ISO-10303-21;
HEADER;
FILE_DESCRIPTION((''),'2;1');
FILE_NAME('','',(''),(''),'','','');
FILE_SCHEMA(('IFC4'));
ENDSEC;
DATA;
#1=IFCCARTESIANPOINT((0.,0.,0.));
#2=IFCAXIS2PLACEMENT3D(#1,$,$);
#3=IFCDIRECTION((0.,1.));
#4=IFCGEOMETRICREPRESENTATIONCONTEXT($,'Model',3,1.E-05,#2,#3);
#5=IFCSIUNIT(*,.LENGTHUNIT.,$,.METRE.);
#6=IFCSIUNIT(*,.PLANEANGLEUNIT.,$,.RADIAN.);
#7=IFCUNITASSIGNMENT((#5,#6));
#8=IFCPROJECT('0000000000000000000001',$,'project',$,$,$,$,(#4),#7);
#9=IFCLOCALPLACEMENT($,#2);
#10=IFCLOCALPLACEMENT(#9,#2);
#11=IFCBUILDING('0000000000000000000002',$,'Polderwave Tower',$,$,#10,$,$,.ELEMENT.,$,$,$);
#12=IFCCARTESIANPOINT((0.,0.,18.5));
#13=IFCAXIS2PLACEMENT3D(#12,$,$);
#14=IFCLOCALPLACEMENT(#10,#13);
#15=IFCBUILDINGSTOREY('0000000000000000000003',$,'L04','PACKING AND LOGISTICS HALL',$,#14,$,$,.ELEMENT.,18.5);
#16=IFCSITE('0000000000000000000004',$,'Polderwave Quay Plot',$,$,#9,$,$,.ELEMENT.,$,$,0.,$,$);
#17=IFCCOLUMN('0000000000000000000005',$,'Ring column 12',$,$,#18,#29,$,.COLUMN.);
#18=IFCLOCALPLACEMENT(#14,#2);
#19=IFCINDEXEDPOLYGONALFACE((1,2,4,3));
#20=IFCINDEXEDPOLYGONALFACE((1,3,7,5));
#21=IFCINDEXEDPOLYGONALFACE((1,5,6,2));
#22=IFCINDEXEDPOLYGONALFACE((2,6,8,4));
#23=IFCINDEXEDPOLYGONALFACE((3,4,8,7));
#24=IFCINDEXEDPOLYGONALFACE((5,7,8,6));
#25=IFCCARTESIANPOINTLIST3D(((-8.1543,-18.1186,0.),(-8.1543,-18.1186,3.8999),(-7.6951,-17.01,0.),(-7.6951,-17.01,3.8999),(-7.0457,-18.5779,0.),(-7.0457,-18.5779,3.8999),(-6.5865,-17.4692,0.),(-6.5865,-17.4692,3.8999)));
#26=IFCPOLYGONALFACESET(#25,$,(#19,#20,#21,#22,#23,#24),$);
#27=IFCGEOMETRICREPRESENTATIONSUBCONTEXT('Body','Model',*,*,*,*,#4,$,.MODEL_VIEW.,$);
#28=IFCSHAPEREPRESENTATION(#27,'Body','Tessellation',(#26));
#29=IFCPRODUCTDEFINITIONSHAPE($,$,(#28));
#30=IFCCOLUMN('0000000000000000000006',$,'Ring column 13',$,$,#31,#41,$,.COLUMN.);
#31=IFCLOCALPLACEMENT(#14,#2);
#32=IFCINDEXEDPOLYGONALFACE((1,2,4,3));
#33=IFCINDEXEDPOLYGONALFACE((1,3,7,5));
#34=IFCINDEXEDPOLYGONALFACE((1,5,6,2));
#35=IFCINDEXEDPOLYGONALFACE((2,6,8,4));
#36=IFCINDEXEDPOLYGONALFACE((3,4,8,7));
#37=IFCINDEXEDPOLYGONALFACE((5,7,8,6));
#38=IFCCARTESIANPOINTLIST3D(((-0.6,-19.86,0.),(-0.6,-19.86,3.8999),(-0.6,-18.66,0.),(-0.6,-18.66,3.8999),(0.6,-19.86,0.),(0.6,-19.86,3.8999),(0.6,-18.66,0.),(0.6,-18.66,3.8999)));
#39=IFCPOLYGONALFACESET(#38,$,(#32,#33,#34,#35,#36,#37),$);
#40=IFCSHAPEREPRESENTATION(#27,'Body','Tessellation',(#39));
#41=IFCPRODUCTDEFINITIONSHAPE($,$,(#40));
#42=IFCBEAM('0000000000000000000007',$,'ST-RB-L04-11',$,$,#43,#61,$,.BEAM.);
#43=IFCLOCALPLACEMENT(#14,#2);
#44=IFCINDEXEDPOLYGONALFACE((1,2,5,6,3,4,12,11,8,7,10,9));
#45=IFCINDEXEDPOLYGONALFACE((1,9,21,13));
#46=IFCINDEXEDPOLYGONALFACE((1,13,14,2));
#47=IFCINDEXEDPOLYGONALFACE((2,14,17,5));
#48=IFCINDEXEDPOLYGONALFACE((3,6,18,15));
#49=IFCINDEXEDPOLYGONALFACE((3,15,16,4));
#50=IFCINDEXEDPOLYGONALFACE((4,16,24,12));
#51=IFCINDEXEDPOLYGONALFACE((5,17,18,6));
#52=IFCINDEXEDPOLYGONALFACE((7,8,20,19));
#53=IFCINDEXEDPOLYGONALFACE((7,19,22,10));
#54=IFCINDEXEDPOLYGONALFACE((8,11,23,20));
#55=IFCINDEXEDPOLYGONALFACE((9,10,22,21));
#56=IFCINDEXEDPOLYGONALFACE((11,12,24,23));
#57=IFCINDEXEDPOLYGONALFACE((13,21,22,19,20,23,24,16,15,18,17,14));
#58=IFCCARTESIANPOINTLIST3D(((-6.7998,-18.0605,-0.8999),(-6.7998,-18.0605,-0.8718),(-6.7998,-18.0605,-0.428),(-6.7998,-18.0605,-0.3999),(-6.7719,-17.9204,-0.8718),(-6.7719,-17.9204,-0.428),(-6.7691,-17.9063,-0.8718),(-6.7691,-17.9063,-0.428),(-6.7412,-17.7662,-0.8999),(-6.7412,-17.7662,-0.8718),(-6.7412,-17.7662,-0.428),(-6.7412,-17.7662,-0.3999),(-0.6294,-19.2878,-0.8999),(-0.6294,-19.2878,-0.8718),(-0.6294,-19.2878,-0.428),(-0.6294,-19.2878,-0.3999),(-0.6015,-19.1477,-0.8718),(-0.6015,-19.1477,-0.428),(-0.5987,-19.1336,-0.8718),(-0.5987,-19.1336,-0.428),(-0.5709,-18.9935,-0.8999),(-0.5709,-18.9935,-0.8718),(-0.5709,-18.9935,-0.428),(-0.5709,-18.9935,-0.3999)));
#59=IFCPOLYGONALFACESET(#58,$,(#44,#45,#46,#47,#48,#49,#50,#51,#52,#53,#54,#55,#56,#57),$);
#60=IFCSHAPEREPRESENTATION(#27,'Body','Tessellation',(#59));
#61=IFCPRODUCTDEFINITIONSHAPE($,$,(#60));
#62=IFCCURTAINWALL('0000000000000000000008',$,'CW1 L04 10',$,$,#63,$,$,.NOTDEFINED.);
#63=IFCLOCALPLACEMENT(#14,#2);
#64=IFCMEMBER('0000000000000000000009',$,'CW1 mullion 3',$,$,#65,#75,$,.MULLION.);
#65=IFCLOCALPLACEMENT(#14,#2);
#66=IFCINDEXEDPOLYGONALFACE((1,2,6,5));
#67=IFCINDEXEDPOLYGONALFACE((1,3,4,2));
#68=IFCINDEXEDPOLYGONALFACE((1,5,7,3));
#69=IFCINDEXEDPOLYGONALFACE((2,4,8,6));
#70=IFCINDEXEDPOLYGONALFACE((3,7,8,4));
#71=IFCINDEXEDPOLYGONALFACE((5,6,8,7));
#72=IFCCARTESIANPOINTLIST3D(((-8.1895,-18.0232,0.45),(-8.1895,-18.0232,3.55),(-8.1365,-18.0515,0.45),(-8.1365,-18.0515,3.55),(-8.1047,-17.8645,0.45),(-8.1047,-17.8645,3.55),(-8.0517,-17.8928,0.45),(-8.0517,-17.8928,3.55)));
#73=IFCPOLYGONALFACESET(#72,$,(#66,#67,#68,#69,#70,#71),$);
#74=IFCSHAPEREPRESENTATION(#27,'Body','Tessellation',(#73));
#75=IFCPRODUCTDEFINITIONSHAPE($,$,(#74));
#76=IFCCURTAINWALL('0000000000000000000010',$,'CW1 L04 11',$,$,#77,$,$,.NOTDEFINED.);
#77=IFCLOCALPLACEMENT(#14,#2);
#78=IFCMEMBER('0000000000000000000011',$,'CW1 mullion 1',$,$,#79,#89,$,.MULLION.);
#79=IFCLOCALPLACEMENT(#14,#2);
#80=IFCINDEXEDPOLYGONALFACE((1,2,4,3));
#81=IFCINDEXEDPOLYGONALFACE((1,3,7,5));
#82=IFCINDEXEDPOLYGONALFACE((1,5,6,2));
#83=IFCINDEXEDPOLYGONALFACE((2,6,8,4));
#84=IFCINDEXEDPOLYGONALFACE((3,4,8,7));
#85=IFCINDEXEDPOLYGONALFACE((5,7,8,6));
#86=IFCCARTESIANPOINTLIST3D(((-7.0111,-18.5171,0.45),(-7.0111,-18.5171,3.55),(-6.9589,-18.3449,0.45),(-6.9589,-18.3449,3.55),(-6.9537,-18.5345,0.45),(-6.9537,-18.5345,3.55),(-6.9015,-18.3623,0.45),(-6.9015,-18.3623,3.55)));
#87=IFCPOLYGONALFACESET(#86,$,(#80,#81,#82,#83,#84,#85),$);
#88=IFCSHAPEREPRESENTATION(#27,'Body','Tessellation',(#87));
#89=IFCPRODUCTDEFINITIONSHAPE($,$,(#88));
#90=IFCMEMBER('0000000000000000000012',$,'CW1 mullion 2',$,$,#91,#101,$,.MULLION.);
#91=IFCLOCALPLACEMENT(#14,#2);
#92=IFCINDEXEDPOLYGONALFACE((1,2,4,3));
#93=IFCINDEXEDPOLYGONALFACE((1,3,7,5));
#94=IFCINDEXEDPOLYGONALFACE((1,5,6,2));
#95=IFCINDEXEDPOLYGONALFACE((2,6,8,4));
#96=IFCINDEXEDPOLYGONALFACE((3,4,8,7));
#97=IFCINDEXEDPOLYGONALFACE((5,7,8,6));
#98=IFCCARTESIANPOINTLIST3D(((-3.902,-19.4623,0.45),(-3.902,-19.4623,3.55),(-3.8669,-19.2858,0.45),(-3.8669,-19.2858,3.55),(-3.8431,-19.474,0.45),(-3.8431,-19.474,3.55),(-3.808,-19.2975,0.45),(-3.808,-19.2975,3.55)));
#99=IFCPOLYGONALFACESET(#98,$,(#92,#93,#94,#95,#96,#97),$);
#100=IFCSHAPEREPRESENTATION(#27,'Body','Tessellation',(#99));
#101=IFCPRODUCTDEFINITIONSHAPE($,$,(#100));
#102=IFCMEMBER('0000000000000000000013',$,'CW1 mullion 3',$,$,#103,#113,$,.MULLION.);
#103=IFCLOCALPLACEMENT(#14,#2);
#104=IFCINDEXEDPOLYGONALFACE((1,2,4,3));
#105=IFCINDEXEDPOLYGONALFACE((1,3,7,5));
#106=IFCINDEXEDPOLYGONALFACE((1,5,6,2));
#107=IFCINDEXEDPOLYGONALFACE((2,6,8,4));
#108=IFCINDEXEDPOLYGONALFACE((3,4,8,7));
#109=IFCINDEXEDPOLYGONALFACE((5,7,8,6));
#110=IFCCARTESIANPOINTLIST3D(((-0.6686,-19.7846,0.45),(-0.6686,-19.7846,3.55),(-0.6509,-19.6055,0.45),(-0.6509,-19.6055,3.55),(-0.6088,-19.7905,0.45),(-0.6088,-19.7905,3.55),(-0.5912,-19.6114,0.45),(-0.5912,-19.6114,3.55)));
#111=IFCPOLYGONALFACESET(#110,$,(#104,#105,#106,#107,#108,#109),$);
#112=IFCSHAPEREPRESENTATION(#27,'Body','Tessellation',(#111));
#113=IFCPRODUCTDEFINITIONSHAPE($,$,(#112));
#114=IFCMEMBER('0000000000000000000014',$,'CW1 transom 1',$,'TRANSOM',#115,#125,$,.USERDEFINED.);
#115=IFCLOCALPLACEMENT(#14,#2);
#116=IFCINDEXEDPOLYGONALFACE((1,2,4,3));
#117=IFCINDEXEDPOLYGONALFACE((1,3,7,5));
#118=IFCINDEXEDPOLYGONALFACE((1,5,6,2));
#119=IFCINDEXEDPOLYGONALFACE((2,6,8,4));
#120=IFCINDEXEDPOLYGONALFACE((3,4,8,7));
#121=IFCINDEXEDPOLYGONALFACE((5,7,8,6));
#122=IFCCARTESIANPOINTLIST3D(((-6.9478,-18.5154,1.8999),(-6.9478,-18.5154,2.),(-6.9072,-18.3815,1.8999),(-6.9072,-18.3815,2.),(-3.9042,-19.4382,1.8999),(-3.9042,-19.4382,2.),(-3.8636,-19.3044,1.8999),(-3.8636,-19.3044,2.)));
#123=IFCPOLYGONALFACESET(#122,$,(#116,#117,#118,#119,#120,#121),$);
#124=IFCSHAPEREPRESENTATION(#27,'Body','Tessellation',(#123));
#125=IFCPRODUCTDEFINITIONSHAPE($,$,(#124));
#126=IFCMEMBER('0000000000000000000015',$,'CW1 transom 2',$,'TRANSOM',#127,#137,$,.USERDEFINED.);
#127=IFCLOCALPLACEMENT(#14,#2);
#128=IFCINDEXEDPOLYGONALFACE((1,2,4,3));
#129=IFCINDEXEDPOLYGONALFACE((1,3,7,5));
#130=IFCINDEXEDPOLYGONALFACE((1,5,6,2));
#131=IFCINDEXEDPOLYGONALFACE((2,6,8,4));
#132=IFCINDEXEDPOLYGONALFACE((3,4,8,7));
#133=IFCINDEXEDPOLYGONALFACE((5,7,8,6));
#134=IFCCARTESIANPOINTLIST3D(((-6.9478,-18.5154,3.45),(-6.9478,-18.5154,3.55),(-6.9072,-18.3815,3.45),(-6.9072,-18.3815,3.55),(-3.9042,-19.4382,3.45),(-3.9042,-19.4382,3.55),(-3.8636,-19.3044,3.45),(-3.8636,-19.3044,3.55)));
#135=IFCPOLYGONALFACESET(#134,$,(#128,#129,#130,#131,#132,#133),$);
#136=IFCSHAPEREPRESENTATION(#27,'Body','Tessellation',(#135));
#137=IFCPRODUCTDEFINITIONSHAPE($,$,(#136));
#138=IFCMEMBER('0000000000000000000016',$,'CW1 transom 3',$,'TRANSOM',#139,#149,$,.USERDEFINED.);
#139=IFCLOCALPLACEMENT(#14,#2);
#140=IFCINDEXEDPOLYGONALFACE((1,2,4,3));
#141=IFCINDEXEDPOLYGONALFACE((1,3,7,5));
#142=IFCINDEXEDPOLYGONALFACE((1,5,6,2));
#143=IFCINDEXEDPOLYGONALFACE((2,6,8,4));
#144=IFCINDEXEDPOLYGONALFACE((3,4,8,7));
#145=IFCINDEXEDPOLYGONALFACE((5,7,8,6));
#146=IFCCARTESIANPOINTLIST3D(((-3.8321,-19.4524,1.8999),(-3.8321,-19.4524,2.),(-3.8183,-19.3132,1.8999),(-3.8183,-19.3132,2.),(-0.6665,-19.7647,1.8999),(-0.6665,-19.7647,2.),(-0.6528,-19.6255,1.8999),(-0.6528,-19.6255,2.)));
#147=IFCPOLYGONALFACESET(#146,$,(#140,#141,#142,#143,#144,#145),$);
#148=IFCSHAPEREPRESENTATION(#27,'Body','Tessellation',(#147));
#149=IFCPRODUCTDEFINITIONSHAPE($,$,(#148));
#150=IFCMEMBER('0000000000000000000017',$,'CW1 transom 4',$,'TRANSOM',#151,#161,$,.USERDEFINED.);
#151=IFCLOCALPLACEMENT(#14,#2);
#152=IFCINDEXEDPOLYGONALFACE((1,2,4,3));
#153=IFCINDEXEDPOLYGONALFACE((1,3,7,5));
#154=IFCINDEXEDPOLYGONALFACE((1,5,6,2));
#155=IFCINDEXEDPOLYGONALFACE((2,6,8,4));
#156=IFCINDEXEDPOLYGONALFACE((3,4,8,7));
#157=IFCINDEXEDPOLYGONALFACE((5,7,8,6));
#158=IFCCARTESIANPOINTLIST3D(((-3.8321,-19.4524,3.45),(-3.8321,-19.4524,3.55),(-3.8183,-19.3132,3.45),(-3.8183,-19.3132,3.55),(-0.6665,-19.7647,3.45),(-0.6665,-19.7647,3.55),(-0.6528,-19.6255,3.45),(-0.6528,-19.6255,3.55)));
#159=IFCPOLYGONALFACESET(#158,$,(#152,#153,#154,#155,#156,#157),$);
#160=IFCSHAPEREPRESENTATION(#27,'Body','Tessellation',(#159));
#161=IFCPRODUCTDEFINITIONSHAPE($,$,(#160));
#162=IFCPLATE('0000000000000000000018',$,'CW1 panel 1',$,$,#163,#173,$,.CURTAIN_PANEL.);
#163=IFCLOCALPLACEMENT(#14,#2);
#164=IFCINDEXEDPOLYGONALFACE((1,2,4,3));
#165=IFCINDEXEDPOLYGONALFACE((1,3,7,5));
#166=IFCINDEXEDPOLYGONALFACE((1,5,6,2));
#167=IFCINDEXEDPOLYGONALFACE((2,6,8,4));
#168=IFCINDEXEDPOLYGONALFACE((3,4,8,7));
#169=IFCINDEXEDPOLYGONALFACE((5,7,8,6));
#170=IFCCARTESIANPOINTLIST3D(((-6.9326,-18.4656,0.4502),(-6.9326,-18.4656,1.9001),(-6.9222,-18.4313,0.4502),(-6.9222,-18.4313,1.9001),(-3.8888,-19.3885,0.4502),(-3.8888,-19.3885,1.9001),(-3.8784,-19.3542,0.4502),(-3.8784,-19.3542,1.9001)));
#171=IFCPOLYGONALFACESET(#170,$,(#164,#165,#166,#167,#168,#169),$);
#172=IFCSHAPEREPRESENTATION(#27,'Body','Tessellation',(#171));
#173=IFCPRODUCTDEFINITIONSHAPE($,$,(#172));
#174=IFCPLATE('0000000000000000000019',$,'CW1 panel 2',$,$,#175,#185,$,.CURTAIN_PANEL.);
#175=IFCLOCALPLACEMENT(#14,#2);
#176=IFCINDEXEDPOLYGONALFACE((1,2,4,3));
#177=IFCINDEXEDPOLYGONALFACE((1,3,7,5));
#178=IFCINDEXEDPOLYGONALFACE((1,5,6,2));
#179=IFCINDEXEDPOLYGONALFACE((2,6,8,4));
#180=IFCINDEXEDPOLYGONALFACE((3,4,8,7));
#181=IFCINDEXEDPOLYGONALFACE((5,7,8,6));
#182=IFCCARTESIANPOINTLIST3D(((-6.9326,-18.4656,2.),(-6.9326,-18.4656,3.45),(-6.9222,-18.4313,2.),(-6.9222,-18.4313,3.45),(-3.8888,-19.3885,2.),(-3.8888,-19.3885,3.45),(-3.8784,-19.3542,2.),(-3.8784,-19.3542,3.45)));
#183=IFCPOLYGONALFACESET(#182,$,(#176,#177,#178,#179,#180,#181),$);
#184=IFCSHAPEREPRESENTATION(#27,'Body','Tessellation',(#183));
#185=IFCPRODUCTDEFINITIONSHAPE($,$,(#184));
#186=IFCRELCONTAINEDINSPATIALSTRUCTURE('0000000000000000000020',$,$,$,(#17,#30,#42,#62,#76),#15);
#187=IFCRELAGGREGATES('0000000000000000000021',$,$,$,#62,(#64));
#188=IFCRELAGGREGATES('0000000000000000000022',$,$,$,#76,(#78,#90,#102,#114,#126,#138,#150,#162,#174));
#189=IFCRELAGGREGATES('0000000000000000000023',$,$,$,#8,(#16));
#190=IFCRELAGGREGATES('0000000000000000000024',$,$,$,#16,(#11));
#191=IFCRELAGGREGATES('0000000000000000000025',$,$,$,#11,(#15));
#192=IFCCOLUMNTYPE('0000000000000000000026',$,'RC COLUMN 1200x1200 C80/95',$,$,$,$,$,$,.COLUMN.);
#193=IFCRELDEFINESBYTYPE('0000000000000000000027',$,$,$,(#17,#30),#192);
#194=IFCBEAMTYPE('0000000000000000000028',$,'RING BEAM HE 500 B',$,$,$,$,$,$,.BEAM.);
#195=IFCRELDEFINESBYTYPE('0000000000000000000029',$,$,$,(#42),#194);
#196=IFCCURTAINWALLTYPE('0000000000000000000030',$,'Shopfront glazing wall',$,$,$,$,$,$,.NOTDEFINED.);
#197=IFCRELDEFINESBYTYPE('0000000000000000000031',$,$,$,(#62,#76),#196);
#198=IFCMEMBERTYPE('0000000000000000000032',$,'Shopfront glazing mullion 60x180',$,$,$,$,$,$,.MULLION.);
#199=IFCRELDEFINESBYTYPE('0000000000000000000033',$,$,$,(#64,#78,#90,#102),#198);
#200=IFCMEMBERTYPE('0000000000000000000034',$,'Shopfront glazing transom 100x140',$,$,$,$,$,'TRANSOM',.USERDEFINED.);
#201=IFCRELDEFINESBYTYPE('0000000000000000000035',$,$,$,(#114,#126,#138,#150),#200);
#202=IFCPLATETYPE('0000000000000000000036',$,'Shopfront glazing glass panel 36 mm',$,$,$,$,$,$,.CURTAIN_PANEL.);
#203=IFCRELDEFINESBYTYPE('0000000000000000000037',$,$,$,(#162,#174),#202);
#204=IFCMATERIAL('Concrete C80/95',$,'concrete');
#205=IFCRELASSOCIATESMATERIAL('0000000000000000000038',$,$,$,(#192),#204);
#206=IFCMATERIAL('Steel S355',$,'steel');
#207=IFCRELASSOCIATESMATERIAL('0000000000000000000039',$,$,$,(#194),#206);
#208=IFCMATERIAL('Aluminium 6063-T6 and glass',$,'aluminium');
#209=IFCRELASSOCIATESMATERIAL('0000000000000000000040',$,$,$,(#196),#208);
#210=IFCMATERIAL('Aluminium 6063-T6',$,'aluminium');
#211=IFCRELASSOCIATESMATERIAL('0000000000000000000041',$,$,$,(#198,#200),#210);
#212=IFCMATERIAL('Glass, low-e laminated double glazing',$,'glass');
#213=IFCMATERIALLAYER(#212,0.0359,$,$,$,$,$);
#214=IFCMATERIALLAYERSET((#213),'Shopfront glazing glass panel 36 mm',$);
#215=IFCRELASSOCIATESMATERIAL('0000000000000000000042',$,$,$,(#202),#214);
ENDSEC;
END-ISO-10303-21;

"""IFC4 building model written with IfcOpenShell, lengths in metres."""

from ifc_helpers import new_model, si_unit, direction, frame, origin, origin_2d, place, context, subcontext, project, spatial, rectangle, i_section, extrude, material, layer, layer_set, material_profile, profile_set, type_object, element, aggregate, save


model = new_model("IFC4")

# Units and contexts
model_context = context("Model", 3, precision=1e-05, world=origin(), true_north=direction((0.0, 1.0)))
body_context = subcontext(model_context, "Body", "Model", "MODEL_VIEW")
ifc_project = project(units=[si_unit("LENGTHUNIT", "METRE"), si_unit("PLANEANGLEUNIT", "RADIAN")], contexts=[model_context])

# Site, building, storey
site_placement = place(None, origin())
site = spatial("IfcSite", under=ifc_project, at=site_placement, Name="Polderwave Quay Plot", CompositionType="ELEMENT", RefElevation=0.0)
building_placement = place(site_placement, origin())
building = spatial("IfcBuilding", under=site, at=building_placement, Name="Polderwave Tower", CompositionType="ELEMENT")
storey_placement = place(building_placement, frame((0.0, 0.0, 18.5)))
storey = spatial("IfcBuildingStorey", under=building, at=storey_placement, Name="L04", Description="PACKING AND LOGISTICS HALL", CompositionType="ELEMENT", Elevation=18.5)

# Columns
ifc_material_1 = material(Name="Concrete C80/95", Category="concrete")
ifc_material_profile_1 = material_profile(ifc_material_1, rectangle(XDim=1.2, YDim=1.2, at=origin_2d()), Name="RC 1200x1200")
ifc_profile_set_1 = profile_set([ifc_material_profile_1], Name="Concrete C80/95")
column_type = type_object("IfcColumnType", Name="RC COLUMN 1200x1200 C80/95", PredefinedType="COLUMN", material=ifc_profile_set_1)
for number, where, z_axis, x_axis, name in (
    (1, (-7.3704, -17.7939, 0.0), (0.0, 0.0, 1.0), (-0.382683, -0.92388, 0.0), "Ring column 12"),
    (2, (0.0, -19.26, 0.0), (0.0, 0.0, 1.0), (0.0, -1.0, 0.0), "Ring column 13"),
):
    element("IfcColumn", number, at=place(storey_placement, frame(where, z_axis=z_axis, x_axis=x_axis)), inside=storey, type_object=column_type, Name=name, PredefinedType="COLUMN", context=body_context, shape_type="SweptSolid", body=[
        extrude(rectangle(XDim=1.2, YDim=1.2, at=origin_2d()), origin(), (0.0, 0.0, 1.0), 3.8999),
    ])

# Beam
ifc_material_2 = material(Name="Steel S355", Category="steel")
ifc_material_profile_2 = material_profile(ifc_material_2, i_section(OverallWidth=0.3, OverallDepth=0.5, WebThickness=0.0144, FlangeThickness=0.0281, at=origin_2d()), Name="HE 500 B")
ifc_profile_set_2 = profile_set([ifc_material_profile_2], Name="Steel S355")
beam_type = type_object("IfcBeamType", Name="RING BEAM HE 500 B", PredefinedType="BEAM", material=ifc_profile_set_2)
beam_placement = place(storey_placement, frame((-6.7705, -17.9133, -0.6499), z_axis=(0.980788, -0.195079, 0.0), x_axis=(0.195079, 0.980788, 0.0)))
element("IfcBeam", 3, at=beam_placement, inside=storey, type_object=beam_type, Name="ST-RB-L04-11", PredefinedType="BEAM", context=body_context, shape_type="SweptSolid", body=[
    extrude(i_section(OverallWidth=0.3, OverallDepth=0.5, WebThickness=0.0144, FlangeThickness=0.0281, at=origin_2d()), origin(), (0.0, 0.0, 1.0), 6.2913),
])

# Curtain wall, member
ifc_material_3 = material(Name="Aluminium 6063-T6 and glass", Category="aluminium")
curtain_wall_type = type_object("IfcCurtainWallType", Name="Shopfront glazing wall", PredefinedType="NOTDEFINED", material=ifc_material_3)
curtain_wall_1_placement = place(storey_placement, origin())
curtain_wall_1 = element("IfcCurtainWall", 4, at=curtain_wall_1_placement, inside=storey, type_object=curtain_wall_type, Name="CW1 L04 10", PredefinedType="NOTDEFINED")
ifc_material_4 = material(Name="Aluminium 6063-T6", Category="aluminium")
ifc_material_profile_3 = material_profile(ifc_material_4, rectangle(XDim=0.1799, YDim=0.0601, at=origin_2d()), Name="AL 60x180")
ifc_profile_set_3 = profile_set([ifc_material_profile_3], Name="Aluminium 6063-T6")
member_type_1 = type_object("IfcMemberType", Name="Shopfront glazing mullion 60x180", PredefinedType="MULLION", material=ifc_profile_set_3)
member_1_placement = place(storey_placement, frame((-8.1206, -17.958, 0.45), z_axis=(0.0, 0.0, 1.0), x_axis=(0.471509, 0.881861, 0.0)))
member_1 = element("IfcMember", 5, at=member_1_placement, type_object=member_type_1, Name="CW1 mullion 3", PredefinedType="MULLION", context=body_context, shape_type="SweptSolid", body=[
    extrude(rectangle(XDim=0.1799, YDim=0.0601, at=origin_2d()), origin(), (0.0, 0.0, 1.0), 3.1001),
])
aggregate(curtain_wall_1, [member_1])

# Curtain wall, members, plates
curtain_wall_2_placement = place(storey_placement, origin())
curtain_wall_2 = element("IfcCurtainWall", 6, at=curtain_wall_2_placement, inside=storey, type_object=curtain_wall_type, Name="CW1 L04 11", PredefinedType="NOTDEFINED")
member_2_placement = place(storey_placement, frame((-6.9563, -18.4397, 0.45), z_axis=(0.0, 0.0, 1.0), x_axis=(0.290151, 0.956981, 0.0)))
member_2 = element("IfcMember", 7, at=member_2_placement, type_object=member_type_1, Name="CW1 mullion 1", PredefinedType="MULLION", context=body_context, shape_type="SweptSolid", body=[
    extrude(rectangle(XDim=0.1799, YDim=0.0601, at=origin_2d()), origin(), (0.0, 0.0, 1.0), 3.1001),
])
member_3_placement = place(storey_placement, frame((-3.855, -19.3799, 0.45), z_axis=(0.0, 0.0, 1.0), x_axis=(0.195083, 0.980787, 0.0)))
member_3 = element("IfcMember", 8, at=member_3_placement, type_object=member_type_1, Name="CW1 mullion 2", PredefinedType="MULLION", context=body_context, shape_type="SweptSolid", body=[
    extrude(rectangle(XDim=0.1799, YDim=0.0601, at=origin_2d()), origin(), (0.0, 0.0, 1.0), 3.1001),
])
member_4_placement = place(storey_placement, frame((-0.6299, -19.698, 0.45), z_axis=(0.0, 0.0, 1.0), x_axis=(0.098142, 0.995172, 0.0)))
member_4 = element("IfcMember", 9, at=member_4_placement, type_object=member_type_1, Name="CW1 mullion 3", PredefinedType="MULLION", context=body_context, shape_type="SweptSolid", body=[
    extrude(rectangle(XDim=0.1799, YDim=0.0601, at=origin_2d()), origin(), (0.0, 0.0, 1.0), 3.1001),
])
ifc_material_profile_4 = material_profile(ifc_material_4, rectangle(XDim=0.1399, YDim=0.1001, at=origin_2d()), Name="AL 100x140")
ifc_profile_set_4 = profile_set([ifc_material_profile_4], Name="Aluminium 6063-T6")
member_type_2 = type_object("IfcMemberType", Name="Shopfront glazing transom 100x140", ElementType="TRANSOM", PredefinedType="USERDEFINED", material=ifc_profile_set_4)
member_5_placement = place(storey_placement, frame((-6.9275, -18.4485, 1.95), z_axis=(0.956979, -0.290157, 0.0), x_axis=(0.290157, 0.956979, 0.0)))
member_5 = element("IfcMember", 10, at=member_5_placement, type_object=member_type_2, Name="CW1 transom 1", ObjectType="TRANSOM", PredefinedType="USERDEFINED", context=body_context, shape_type="SweptSolid", body=[
    extrude(rectangle(XDim=0.1399, YDim=0.1001, at=origin_2d()), origin(), (0.0, 0.0, 1.0), 3.1804),
])
member_6_placement = place(storey_placement, frame((-6.9275, -18.4485, 3.5), z_axis=(0.956979, -0.290157, 0.0), x_axis=(0.290157, 0.956979, 0.0)))
member_6 = element("IfcMember", 11, at=member_6_placement, type_object=member_type_2, Name="CW1 transom 2", ObjectType="TRANSOM", PredefinedType="USERDEFINED", context=body_context, shape_type="SweptSolid", body=[
    extrude(rectangle(XDim=0.1399, YDim=0.1001, at=origin_2d()), origin(), (0.0, 0.0, 1.0), 3.1804),
])
member_7_placement = place(storey_placement, frame((-3.8252, -19.3828, 1.95), z_axis=(0.99517, -0.098166, 0.0), x_axis=(0.098166, 0.99517, 0.0)))
member_7 = element("IfcMember", 12, at=member_7_placement, type_object=member_type_2, Name="CW1 transom 3", ObjectType="TRANSOM", PredefinedType="USERDEFINED", context=body_context, shape_type="SweptSolid", body=[
    extrude(rectangle(XDim=0.1399, YDim=0.1001, at=origin_2d()), origin(), (0.0, 0.0, 1.0), 3.1809),
])
member_8_placement = place(storey_placement, frame((-3.8252, -19.3828, 3.5), z_axis=(0.99517, -0.098166, 0.0), x_axis=(0.098166, 0.99517, 0.0)))
member_8 = element("IfcMember", 13, at=member_8_placement, type_object=member_type_2, Name="CW1 transom 4", ObjectType="TRANSOM", PredefinedType="USERDEFINED", context=body_context, shape_type="SweptSolid", body=[
    extrude(rectangle(XDim=0.1399, YDim=0.1001, at=origin_2d()), origin(), (0.0, 0.0, 1.0), 3.1809),
])
ifc_material_5 = material(Name="Glass, low-e laminated double glazing", Category="glass")
ifc_layer_1 = layer(ifc_material_5, 0.0359)
ifc_layer_set_1 = layer_set([ifc_layer_1], Name="Shopfront glazing glass panel 36 mm")
plate_type = type_object("IfcPlateType", Name="Shopfront glazing glass panel 36 mm", PredefinedType="CURTAIN_PANEL", material=ifc_layer_set_1)
plate_1_placement = place(storey_placement, frame((-5.4055, -18.9099, 0.4502), z_axis=(0.0, 0.0, 1.0), x_axis=(0.956981, -0.290151, 0.0)))
plate_1 = element("IfcPlate", 14, at=plate_1_placement, type_object=plate_type, Name="CW1 panel 1", PredefinedType="CURTAIN_PANEL", context=body_context, shape_type="SweptSolid", body=[
    extrude(rectangle(XDim=3.1807, YDim=0.0359, at=origin_2d()), origin(), (0.0, 0.0, 1.0), 1.45),
])
plate_2_placement = place(storey_placement, frame((-5.4055, -18.9099, 2.0), z_axis=(0.0, 0.0, 1.0), x_axis=(0.956981, -0.290151, 0.0)))
plate_2 = element("IfcPlate", 15, at=plate_2_placement, type_object=plate_type, Name="CW1 panel 2", PredefinedType="CURTAIN_PANEL", context=body_context, shape_type="SweptSolid", body=[
    extrude(rectangle(XDim=3.1807, YDim=0.0359, at=origin_2d()), origin(), (0.0, 0.0, 1.0), 1.45),
])
aggregate(curtain_wall_2, [member_2, member_3, member_4, member_5, member_6, member_7, member_8, plate_1, plate_2])

save(model, "model.ifc")
